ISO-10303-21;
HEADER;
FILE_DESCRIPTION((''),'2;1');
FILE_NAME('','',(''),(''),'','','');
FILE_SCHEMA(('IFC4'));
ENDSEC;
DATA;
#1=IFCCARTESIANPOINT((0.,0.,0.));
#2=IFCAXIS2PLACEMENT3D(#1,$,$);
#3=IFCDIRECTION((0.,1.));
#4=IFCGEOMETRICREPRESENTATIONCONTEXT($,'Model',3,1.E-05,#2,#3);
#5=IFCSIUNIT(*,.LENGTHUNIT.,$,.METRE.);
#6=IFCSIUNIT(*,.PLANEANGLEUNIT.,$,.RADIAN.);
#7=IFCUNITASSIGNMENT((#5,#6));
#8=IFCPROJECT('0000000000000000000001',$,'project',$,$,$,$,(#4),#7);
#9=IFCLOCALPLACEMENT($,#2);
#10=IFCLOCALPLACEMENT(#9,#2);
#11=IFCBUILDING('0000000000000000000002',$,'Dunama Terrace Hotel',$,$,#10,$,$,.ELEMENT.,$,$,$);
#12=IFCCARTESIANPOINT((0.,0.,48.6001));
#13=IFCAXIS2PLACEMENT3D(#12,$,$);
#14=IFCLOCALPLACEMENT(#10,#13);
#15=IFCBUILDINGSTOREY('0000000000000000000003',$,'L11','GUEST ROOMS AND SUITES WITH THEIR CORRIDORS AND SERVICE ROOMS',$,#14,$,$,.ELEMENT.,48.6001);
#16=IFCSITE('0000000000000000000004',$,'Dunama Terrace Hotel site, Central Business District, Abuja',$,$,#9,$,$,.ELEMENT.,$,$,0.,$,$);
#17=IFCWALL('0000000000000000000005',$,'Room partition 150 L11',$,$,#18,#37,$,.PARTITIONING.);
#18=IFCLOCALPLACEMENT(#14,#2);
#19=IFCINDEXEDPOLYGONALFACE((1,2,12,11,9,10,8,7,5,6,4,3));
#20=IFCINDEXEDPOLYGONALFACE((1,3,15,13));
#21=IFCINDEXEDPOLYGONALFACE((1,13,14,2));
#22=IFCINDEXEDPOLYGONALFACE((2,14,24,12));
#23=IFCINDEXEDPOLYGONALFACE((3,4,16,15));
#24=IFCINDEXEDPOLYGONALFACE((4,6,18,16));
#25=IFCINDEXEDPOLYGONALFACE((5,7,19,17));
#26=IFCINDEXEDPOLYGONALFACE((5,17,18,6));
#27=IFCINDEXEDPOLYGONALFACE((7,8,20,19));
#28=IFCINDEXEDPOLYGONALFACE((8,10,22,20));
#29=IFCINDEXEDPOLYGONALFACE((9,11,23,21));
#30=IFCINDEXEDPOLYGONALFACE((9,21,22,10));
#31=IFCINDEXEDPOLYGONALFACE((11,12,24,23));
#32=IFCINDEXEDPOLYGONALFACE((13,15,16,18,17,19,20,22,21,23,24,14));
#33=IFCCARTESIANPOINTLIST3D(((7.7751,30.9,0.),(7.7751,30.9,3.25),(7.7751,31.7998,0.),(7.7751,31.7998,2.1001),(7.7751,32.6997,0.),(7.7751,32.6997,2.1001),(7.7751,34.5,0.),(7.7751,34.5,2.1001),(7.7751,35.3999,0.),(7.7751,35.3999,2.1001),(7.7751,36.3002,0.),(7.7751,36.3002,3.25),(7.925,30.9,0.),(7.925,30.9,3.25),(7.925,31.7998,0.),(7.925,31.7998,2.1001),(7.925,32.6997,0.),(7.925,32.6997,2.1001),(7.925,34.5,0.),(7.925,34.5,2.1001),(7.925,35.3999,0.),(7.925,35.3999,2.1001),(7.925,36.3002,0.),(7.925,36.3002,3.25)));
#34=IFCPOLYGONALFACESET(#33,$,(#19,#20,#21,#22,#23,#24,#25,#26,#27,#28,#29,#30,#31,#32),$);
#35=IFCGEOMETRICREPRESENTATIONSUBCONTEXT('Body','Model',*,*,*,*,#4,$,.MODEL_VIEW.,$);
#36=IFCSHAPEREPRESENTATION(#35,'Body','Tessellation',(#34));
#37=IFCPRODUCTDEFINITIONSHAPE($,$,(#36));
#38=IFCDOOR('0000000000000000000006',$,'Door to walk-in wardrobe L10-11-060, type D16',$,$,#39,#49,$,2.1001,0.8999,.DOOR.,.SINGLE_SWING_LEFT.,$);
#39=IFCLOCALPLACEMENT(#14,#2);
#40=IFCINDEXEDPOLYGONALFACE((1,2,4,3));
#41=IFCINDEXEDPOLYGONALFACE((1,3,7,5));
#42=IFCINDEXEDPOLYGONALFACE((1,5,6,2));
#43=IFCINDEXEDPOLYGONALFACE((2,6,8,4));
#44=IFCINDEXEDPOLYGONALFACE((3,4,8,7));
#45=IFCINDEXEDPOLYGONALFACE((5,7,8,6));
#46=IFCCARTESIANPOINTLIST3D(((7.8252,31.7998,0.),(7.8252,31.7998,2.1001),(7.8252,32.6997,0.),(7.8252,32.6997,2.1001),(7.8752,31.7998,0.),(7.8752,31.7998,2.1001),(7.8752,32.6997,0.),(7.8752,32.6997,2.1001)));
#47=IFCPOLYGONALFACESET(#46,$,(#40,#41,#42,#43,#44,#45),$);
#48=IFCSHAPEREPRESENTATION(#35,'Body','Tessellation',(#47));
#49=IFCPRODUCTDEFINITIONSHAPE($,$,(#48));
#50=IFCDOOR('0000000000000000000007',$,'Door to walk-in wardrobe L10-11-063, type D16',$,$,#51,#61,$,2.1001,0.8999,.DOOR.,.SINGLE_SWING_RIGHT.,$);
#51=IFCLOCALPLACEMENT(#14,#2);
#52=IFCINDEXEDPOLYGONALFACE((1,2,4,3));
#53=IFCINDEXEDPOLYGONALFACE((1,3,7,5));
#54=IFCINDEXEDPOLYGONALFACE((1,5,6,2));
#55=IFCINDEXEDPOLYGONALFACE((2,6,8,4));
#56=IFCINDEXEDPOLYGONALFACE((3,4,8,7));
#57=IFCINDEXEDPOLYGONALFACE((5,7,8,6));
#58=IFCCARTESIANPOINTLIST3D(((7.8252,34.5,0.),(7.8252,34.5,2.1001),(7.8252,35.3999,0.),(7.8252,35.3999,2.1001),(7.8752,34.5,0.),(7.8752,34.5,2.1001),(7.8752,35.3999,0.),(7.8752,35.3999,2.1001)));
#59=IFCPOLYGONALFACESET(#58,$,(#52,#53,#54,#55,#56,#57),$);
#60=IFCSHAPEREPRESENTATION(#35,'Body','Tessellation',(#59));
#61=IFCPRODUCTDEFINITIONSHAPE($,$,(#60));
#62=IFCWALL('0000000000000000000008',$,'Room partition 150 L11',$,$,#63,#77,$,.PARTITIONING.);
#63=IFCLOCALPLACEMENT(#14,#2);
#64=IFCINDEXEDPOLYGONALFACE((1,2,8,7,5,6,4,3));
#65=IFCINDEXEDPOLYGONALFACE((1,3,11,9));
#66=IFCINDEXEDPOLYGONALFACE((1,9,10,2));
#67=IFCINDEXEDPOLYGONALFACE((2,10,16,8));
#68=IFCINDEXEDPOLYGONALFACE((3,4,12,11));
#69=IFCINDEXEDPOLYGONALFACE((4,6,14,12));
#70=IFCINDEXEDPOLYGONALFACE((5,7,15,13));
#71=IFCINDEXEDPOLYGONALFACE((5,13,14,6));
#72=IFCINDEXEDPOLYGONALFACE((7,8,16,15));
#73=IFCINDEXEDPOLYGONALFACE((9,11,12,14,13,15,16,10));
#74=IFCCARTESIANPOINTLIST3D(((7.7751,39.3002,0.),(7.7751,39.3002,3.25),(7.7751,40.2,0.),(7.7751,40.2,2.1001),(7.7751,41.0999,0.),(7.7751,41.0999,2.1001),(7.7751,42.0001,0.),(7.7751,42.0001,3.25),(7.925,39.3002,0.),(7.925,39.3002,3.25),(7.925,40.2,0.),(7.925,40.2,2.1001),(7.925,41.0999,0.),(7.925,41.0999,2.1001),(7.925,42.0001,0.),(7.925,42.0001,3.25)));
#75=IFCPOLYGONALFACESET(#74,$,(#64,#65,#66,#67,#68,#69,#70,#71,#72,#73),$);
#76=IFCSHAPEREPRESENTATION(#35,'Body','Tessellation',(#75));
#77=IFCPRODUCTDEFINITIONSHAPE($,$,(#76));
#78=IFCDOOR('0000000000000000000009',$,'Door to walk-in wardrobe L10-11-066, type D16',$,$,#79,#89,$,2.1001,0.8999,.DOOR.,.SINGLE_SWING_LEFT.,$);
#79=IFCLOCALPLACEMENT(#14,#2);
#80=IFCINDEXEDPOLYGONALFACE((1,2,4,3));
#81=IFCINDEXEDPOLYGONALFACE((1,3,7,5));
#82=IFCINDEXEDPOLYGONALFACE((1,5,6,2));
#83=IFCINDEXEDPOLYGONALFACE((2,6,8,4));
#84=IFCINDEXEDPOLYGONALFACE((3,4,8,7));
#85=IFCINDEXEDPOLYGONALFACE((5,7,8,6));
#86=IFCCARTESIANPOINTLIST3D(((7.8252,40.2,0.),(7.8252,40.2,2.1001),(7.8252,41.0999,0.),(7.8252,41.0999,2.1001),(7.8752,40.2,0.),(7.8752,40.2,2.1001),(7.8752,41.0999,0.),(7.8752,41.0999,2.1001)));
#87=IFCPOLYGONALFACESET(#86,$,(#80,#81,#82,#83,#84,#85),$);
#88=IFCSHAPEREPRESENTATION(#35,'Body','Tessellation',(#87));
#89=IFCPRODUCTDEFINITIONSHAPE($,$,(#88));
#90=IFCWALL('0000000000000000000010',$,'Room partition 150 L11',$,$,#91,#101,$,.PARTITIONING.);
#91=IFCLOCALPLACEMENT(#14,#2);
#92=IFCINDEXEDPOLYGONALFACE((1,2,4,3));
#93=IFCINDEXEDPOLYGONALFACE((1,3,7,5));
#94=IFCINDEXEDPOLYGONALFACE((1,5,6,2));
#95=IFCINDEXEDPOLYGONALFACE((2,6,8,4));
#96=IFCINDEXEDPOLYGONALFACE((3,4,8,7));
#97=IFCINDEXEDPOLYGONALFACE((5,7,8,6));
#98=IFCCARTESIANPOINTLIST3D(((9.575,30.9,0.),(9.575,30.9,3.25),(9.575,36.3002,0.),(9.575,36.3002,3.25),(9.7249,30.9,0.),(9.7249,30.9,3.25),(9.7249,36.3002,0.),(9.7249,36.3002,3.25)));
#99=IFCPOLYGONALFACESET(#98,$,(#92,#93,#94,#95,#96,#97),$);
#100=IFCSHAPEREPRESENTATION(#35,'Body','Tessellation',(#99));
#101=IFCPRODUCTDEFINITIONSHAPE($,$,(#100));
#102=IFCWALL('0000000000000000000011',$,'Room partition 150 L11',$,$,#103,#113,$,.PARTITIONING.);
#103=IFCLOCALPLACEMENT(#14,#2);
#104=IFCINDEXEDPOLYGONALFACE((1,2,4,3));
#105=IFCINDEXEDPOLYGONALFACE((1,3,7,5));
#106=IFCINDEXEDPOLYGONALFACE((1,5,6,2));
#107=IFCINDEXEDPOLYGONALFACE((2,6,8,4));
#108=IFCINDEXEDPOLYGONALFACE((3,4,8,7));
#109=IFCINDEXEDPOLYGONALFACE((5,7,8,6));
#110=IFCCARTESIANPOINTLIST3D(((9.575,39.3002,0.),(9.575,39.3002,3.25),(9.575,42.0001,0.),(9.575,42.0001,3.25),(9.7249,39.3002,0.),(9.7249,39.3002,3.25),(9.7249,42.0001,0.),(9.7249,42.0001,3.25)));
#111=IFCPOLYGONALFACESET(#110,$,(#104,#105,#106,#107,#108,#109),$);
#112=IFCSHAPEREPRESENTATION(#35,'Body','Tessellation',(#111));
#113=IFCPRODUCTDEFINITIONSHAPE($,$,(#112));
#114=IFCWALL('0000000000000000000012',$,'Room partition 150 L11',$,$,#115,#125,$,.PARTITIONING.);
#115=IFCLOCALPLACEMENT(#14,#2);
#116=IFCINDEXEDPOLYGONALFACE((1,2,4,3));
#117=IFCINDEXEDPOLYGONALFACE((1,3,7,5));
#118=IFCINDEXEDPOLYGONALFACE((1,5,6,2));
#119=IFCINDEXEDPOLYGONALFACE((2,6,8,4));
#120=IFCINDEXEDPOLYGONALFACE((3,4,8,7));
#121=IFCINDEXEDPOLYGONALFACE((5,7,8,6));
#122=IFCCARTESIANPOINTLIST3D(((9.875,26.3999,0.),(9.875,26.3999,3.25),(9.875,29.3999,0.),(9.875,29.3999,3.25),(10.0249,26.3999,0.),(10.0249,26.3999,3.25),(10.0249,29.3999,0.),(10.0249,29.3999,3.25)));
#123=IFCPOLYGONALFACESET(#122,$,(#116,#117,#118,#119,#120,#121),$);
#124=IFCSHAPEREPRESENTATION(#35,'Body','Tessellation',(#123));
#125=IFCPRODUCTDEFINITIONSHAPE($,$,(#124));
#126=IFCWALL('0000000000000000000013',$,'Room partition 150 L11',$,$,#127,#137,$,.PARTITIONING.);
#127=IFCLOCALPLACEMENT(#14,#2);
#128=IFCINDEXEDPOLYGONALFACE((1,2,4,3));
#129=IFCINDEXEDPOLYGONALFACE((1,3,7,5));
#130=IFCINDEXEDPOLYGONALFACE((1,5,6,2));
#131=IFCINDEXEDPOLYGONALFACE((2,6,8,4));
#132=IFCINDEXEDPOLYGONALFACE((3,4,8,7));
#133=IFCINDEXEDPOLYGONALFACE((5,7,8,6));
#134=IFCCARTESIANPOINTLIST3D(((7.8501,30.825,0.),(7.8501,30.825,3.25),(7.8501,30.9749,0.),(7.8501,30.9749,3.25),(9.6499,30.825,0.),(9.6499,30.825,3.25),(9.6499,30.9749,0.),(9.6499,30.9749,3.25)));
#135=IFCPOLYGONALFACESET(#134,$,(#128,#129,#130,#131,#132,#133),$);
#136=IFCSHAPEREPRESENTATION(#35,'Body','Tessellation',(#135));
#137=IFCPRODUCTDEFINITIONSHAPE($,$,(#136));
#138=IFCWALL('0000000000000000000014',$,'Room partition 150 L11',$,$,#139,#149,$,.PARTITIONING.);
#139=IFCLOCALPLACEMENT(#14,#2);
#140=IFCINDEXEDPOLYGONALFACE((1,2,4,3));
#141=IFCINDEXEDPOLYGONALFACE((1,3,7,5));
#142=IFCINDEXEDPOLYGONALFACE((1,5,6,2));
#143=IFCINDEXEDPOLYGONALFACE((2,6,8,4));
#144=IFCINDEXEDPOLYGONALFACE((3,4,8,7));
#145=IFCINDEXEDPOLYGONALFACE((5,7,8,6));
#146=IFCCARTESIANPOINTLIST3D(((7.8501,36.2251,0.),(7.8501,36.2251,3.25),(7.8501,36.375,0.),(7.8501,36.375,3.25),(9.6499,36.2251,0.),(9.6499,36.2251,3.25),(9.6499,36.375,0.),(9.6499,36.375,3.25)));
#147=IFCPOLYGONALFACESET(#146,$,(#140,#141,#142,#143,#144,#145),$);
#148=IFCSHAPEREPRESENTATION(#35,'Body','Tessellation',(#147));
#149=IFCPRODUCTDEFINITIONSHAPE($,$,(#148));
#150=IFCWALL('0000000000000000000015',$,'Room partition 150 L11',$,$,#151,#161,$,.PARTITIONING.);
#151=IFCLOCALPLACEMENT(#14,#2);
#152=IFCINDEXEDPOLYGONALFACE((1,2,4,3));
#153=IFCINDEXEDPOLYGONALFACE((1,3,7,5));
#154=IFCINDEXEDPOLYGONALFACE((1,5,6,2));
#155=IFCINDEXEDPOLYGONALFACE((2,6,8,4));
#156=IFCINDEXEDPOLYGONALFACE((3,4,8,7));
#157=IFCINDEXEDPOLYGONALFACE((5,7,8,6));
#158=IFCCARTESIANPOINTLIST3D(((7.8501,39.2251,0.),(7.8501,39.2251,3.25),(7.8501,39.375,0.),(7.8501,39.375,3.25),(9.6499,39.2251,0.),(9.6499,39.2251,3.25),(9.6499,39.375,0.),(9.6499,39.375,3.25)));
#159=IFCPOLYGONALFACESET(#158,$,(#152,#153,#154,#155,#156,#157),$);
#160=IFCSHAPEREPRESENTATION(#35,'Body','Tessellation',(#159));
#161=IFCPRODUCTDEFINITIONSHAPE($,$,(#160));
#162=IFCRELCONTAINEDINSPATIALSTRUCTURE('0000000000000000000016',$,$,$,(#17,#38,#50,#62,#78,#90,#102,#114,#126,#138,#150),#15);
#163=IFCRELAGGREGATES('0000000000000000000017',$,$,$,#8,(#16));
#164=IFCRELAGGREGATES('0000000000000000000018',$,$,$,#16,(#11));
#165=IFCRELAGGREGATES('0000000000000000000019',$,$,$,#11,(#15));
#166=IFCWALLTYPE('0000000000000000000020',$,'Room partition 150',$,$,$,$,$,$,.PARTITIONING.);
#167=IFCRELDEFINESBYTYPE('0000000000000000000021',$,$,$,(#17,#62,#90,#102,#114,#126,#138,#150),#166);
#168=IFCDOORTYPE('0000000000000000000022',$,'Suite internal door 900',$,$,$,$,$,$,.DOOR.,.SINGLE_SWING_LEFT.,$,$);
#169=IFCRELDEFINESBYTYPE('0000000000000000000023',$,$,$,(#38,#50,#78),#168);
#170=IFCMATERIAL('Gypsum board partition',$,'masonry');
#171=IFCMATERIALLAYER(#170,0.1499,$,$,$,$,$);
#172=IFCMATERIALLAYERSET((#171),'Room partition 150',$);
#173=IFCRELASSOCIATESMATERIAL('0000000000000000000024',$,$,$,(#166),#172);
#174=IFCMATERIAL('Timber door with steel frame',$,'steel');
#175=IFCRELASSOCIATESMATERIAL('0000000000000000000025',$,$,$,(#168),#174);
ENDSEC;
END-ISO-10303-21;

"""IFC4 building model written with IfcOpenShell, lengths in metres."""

from ifc_helpers import new_model, si_unit, direction, frame, frame_2d, origin, place, context, subcontext, project, spatial, rectangle, extrude, material, layer, layer_set, type_object, element, fill, save


model = new_model("IFC4")

# Units and contexts
model_context = context("Model", 3, precision=1e-05, world=origin(), true_north=direction((0.0, 1.0)))
body_context = subcontext(model_context, "Body", "Model", "MODEL_VIEW")
ifc_project = project(units=[si_unit("LENGTHUNIT", "METRE"), si_unit("PLANEANGLEUNIT", "RADIAN")], contexts=[model_context])

# Site, building, storey
site_placement = place(None, origin())
site = spatial("IfcSite", under=ifc_project, at=site_placement, Name="Dunama Terrace Hotel site, Central Business District, Abuja", CompositionType="ELEMENT", RefElevation=0.0)
building_placement = place(site_placement, origin())
building = spatial("IfcBuilding", under=site, at=building_placement, Name="Dunama Terrace Hotel", CompositionType="ELEMENT")
storey_placement = place(building_placement, frame((0.0, 0.0, 48.6001)))
storey = spatial("IfcBuildingStorey", under=building, at=storey_placement, Name="L11", Description="GUEST ROOMS AND SUITES WITH THEIR CORRIDORS AND SERVICE ROOMS", CompositionType="ELEMENT", Elevation=48.6001)

# Wall, openings, doors
ifc_material_1 = material(Name="Gypsum board partition", Category="masonry")
ifc_layer_1 = layer(ifc_material_1, 0.1499)
ifc_layer_set_1 = layer_set([ifc_layer_1], Name="Room partition 150")
wall_type_1 = type_object("IfcWallType", Name="Room partition 150", PredefinedType="PARTITIONING", material=ifc_layer_set_1)
wall_1_placement = place(storey_placement, frame((7.8501, 30.8999, 0.0), z_axis=(0.0, 0.0, 1.0), x_axis=(0.0, 1.0, 0.0)))
wall_1 = element("IfcWall", 1, at=wall_1_placement, inside=storey, type_object=wall_type_1, Name="Room partition 150 L11", PredefinedType="PARTITIONING", context=body_context, shape_type="SweptSolid", body=[
    extrude(rectangle(XDim=5.4001, YDim=0.1499, at=frame_2d((2.7002, 0.0))), origin(), (0.0, 0.0, 1.0), 3.25),
])
opening_1_placement = place(wall_1_placement, frame((0.8999, 0.0, 0.0)))
opening_1 = element("IfcOpeningElement", 2, at=opening_1_placement, cuts=wall_1, PredefinedType="OPENING", context=body_context, shape_type="SweptSolid", body=[
    extrude(rectangle(XDim=0.8999, YDim=2.1001, at=frame_2d((0.45, 1.05))), frame((0.0, 0.085, 0.0), z_axis=(0.0, -1.0, 0.0), x_axis=(1.0, 0.0, 0.0)), (0.0, 0.0, 1.0), 0.1699),
])
opening_2_placement = place(wall_1_placement, frame((3.6001, 0.0, 0.0)))
opening_2 = element("IfcOpeningElement", 3, at=opening_2_placement, cuts=wall_1, PredefinedType="OPENING", context=body_context, shape_type="SweptSolid", body=[
    extrude(rectangle(XDim=0.8999, YDim=2.1001, at=frame_2d((0.45, 1.05))), frame((0.0, 0.085, 0.0), z_axis=(0.0, -1.0, 0.0), x_axis=(1.0, 0.0, 0.0)), (0.0, 0.0, 1.0), 0.1699),
])
ifc_material_2 = material(Name="Timber door with steel frame", Category="steel")
door_type_1 = type_object("IfcDoorType", Name="Suite internal door 900", OperationType="SINGLE_SWING_LEFT", PredefinedType="DOOR", material=ifc_material_2)
door_1_placement = place(opening_1_placement, frame((0.8999, 0.0, 0.0), z_axis=(0.0, 0.0, 1.0), x_axis=(-1.0, 0.0, 0.0)))
door_1 = element("IfcDoor", 4, at=door_1_placement, inside=storey, type_object=door_type_1, Name="Door to walk-in wardrobe L10-11-060, type D16", OperationType="SINGLE_SWING_LEFT", OverallHeight=2.1001, OverallWidth=0.8999, PredefinedType="DOOR", context=body_context, shape_type="SweptSolid", body=[
    extrude(rectangle(XDim=0.8999, YDim=2.1001, at=frame_2d((0.45, 1.05))), frame((0.0, 0.0251, 0.0), z_axis=(0.0, -1.0, 0.0), x_axis=(1.0, 0.0, 0.0)), (0.0, 0.0, 1.0), 0.05),
])
fill(opening_1, door_1)
door_2_placement = place(opening_2_placement, frame((0.8999, 0.0, 0.0), z_axis=(0.0, 0.0, 1.0), x_axis=(-1.0, 0.0, 0.0)))
door_2 = element("IfcDoor", 5, at=door_2_placement, inside=storey, type_object=door_type_1, Name="Door to walk-in wardrobe L10-11-063, type D16", OperationType="SINGLE_SWING_RIGHT", OverallHeight=2.1001, OverallWidth=0.8999, PredefinedType="DOOR", context=body_context, shape_type="SweptSolid", body=[
    extrude(rectangle(XDim=0.8999, YDim=2.1001, at=frame_2d((0.45, 1.05))), frame((0.0, 0.0251, 0.0), z_axis=(0.0, -1.0, 0.0), x_axis=(1.0, 0.0, 0.0)), (0.0, 0.0, 1.0), 0.05),
])
fill(opening_2, door_2)

# Wall, opening, door
wall_2_placement = place(storey_placement, frame((7.8501, 39.3, 0.0), z_axis=(0.0, 0.0, 1.0), x_axis=(0.0, 1.0, 0.0)))
wall_2 = element("IfcWall", 6, at=wall_2_placement, inside=storey, type_object=wall_type_1, Name="Room partition 150 L11", PredefinedType="PARTITIONING", context=body_context, shape_type="SweptSolid", body=[
    extrude(rectangle(XDim=2.7, YDim=0.1499, at=frame_2d((1.3501, 0.0))), origin(), (0.0, 0.0, 1.0), 3.25),
])
opening_3_placement = place(wall_2_placement, frame((0.8999, 0.0, 0.0)))
opening_3 = element("IfcOpeningElement", 7, at=opening_3_placement, cuts=wall_2, PredefinedType="OPENING", context=body_context, shape_type="SweptSolid", body=[
    extrude(rectangle(XDim=0.8999, YDim=2.1001, at=frame_2d((0.45, 1.05))), frame((0.0, 0.085, 0.0), z_axis=(0.0, -1.0, 0.0), x_axis=(1.0, 0.0, 0.0)), (0.0, 0.0, 1.0), 0.1699),
])
door_3_placement = place(opening_3_placement, frame((0.8999, 0.0, 0.0), z_axis=(0.0, 0.0, 1.0), x_axis=(-1.0, 0.0, 0.0)))
door_3 = element("IfcDoor", 8, at=door_3_placement, inside=storey, type_object=door_type_1, Name="Door to walk-in wardrobe L10-11-066, type D16", OperationType="SINGLE_SWING_LEFT", OverallHeight=2.1001, OverallWidth=0.8999, PredefinedType="DOOR", context=body_context, shape_type="SweptSolid", body=[
    extrude(rectangle(XDim=0.8999, YDim=2.1001, at=frame_2d((0.45, 1.05))), frame((0.0, 0.0251, 0.0), z_axis=(0.0, -1.0, 0.0), x_axis=(1.0, 0.0, 0.0)), (0.0, 0.0, 1.0), 0.05),
])
fill(opening_3, door_3)

# Walls
wall_3_placement = place(storey_placement, frame((9.6499, 30.8999, 0.0), z_axis=(0.0, 0.0, 1.0), x_axis=(0.0, 1.0, 0.0)))
element("IfcWall", 9, at=wall_3_placement, inside=storey, type_object=wall_type_1, Name="Room partition 150 L11", PredefinedType="PARTITIONING", context=body_context, shape_type="SweptSolid", body=[
    extrude(rectangle(XDim=5.4001, YDim=0.1499, at=frame_2d((2.7002, 0.0))), origin(), (0.0, 0.0, 1.0), 3.25),
])
wall_4_placement = place(storey_placement, frame((9.6499, 39.3, 0.0), z_axis=(0.0, 0.0, 1.0), x_axis=(0.0, 1.0, 0.0)))
element("IfcWall", 10, at=wall_4_placement, inside=storey, type_object=wall_type_1, Name="Room partition 150 L11", PredefinedType="PARTITIONING", context=body_context, shape_type="SweptSolid", body=[
    extrude(rectangle(XDim=2.7, YDim=0.1499, at=frame_2d((1.3501, 0.0))), origin(), (0.0, 0.0, 1.0), 3.25),
])
wall_5_placement = place(storey_placement, frame((9.95, 26.3999, 0.0), z_axis=(0.0, 0.0, 1.0), x_axis=(0.0, 1.0, 0.0)))
element("IfcWall", 11, at=wall_5_placement, inside=storey, type_object=wall_type_1, Name="Room partition 150 L11", PredefinedType="PARTITIONING", context=body_context, shape_type="SweptSolid", body=[
    extrude(rectangle(XDim=3.0, YDim=0.1499, at=frame_2d((1.5, 0.0))), origin(), (0.0, 0.0, 1.0), 3.25),
])
for number, where, z_axis, x_axis, name in (
    (12, (7.8501, 30.8999, 0.0), (0.0, 0.0, 1.0), (1.0, 0.0, 0.0), "Room partition 150 L11"),
    (13, (7.8501, 36.3, 0.0), (0.0, 0.0, 1.0), (1.0, 0.0, 0.0), "Room partition 150 L11"),
    (14, (7.8501, 39.3, 0.0), (0.0, 0.0, 1.0), (1.0, 0.0, 0.0), "Room partition 150 L11"),
):
    element("IfcWall", number, at=place(storey_placement, frame(where, z_axis=z_axis, x_axis=x_axis)), inside=storey, type_object=wall_type_1, Name=name, PredefinedType="PARTITIONING", context=body_context, shape_type="SweptSolid", body=[
        extrude(rectangle(XDim=1.7998, YDim=0.1499, at=frame_2d((0.8999, 0.0))), origin(), (0.0, 0.0, 1.0), 3.25),
    ])

save(model, "model.ifc")
